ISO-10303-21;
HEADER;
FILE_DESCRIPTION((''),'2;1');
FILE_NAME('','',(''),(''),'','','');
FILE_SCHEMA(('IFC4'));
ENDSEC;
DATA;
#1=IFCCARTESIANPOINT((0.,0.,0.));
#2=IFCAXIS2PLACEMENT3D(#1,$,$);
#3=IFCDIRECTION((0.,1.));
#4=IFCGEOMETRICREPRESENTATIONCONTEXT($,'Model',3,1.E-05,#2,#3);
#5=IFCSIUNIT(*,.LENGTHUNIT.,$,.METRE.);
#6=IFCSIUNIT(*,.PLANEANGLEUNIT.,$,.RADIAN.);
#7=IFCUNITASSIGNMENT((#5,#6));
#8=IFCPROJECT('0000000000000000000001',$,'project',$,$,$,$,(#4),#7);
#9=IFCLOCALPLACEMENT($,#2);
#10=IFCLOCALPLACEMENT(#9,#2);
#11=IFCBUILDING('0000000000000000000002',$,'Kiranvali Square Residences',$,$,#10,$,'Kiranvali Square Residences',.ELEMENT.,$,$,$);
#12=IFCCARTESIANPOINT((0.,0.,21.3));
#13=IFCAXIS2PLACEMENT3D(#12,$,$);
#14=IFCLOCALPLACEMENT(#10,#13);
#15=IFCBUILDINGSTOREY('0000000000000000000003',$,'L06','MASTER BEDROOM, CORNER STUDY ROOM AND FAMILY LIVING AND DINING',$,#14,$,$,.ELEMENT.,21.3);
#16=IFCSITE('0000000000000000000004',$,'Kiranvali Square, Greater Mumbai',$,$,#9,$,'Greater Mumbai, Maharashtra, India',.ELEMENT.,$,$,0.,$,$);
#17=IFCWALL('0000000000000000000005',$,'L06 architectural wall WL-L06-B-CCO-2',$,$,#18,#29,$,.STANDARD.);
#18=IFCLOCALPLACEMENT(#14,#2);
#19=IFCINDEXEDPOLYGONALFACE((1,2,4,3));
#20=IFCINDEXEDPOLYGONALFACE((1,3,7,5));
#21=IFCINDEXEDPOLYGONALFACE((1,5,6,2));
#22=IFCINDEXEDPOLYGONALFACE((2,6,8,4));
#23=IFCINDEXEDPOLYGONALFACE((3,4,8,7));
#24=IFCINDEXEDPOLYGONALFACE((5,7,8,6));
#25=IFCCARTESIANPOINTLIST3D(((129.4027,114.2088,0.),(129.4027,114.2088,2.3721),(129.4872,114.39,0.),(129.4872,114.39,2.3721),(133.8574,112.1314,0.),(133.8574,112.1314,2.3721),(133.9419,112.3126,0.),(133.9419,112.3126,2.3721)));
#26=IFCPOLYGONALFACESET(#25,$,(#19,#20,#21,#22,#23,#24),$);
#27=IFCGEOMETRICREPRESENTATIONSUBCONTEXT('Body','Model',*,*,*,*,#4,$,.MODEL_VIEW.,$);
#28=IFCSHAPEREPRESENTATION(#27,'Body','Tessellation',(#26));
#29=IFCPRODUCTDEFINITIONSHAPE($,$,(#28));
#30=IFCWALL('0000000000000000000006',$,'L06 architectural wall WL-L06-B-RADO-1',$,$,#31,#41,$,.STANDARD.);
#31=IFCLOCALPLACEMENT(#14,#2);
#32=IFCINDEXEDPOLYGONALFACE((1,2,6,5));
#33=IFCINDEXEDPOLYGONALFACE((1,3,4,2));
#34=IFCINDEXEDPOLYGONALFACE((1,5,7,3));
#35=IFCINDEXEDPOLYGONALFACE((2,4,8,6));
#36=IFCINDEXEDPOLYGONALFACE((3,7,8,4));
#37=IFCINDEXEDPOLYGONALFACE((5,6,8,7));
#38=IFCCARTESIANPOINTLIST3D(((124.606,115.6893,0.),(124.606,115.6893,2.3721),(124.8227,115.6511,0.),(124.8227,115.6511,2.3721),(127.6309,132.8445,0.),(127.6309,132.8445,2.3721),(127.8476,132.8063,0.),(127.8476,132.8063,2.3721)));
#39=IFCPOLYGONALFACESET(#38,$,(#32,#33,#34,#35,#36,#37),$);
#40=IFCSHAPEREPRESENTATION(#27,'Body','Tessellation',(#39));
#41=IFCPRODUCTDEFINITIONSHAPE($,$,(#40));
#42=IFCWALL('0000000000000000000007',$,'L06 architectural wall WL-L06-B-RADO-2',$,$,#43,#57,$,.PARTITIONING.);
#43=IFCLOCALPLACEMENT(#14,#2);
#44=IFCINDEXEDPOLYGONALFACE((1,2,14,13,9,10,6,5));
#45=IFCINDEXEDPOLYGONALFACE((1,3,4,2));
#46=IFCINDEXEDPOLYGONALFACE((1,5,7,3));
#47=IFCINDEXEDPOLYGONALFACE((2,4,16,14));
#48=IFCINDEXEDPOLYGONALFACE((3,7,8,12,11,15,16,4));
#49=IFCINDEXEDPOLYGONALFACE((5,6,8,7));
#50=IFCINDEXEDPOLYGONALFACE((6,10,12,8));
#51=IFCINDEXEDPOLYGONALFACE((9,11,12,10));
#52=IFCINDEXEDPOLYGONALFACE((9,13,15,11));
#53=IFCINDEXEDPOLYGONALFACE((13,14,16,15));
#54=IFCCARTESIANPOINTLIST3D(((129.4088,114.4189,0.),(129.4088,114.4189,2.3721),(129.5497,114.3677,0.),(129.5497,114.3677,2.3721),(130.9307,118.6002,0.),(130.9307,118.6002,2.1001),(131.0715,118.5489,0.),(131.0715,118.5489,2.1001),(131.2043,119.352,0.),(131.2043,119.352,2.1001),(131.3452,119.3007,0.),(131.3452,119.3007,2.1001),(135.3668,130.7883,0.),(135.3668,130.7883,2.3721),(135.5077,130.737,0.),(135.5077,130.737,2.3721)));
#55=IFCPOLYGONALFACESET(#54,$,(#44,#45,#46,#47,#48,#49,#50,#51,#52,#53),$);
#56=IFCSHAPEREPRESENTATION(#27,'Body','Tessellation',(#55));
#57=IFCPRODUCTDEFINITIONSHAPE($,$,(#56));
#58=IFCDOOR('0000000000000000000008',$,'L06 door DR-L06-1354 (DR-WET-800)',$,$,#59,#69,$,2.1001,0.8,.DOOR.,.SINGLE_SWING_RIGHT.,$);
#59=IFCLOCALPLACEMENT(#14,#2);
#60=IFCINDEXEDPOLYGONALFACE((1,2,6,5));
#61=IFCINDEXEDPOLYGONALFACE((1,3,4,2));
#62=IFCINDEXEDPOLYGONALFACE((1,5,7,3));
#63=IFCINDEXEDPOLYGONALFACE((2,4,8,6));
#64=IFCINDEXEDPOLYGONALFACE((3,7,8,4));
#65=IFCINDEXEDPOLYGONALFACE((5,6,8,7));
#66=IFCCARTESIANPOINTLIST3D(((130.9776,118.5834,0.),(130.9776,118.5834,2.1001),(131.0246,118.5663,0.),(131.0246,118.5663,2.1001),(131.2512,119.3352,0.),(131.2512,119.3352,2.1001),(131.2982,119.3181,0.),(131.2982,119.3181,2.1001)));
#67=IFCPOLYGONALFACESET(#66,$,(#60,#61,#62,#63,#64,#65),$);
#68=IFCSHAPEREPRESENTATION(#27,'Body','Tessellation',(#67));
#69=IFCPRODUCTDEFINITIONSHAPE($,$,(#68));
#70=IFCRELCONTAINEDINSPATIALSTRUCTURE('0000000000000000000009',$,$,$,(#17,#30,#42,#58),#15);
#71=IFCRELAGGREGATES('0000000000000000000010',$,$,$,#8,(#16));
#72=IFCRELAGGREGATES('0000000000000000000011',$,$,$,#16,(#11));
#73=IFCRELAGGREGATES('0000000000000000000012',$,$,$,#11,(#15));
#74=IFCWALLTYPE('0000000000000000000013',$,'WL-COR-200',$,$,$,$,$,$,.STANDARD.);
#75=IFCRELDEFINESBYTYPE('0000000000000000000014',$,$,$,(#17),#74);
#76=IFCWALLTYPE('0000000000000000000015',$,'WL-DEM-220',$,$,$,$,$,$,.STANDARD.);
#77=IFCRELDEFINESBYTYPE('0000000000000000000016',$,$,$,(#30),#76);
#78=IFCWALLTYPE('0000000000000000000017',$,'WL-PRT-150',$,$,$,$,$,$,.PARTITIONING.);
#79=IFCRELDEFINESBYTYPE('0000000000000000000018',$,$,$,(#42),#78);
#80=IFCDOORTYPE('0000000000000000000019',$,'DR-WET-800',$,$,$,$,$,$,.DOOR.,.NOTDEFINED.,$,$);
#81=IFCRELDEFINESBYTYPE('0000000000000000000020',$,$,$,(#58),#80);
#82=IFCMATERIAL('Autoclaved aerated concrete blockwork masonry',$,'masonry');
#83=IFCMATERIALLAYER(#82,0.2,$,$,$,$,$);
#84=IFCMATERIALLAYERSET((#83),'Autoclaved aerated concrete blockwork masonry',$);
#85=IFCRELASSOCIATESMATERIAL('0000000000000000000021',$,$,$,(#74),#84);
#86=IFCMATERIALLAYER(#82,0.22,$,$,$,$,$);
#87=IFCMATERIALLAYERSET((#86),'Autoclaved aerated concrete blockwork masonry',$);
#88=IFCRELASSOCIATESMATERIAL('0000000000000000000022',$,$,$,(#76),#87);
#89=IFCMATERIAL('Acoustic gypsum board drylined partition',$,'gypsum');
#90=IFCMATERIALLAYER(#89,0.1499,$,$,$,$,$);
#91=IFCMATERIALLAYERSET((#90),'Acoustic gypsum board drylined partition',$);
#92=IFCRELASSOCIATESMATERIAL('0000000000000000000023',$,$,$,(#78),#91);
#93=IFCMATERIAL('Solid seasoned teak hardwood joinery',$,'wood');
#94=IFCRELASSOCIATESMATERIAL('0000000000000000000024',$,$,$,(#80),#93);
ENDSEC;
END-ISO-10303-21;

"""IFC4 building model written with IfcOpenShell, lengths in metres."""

from ifc_helpers import new_model, si_unit, direction, frame, frame_2d, origin, place, context, subcontext, project, spatial, rectangle, extrude, material, layer, layer_set, type_object, element, fill, save


model = new_model("IFC4")

# Units and contexts
model_context = context("Model", 3, precision=1e-05, world=origin(), true_north=direction((0.0, 1.0)))
body_context = subcontext(model_context, "Body", "Model", "MODEL_VIEW")
ifc_project = project(units=[si_unit("LENGTHUNIT", "METRE"), si_unit("PLANEANGLEUNIT", "RADIAN")], contexts=[model_context])

# Site, building, storey
site_placement = place(None, origin())
site = spatial("IfcSite", under=ifc_project, at=site_placement, Name="Kiranvali Square, Greater Mumbai", LongName="Greater Mumbai, Maharashtra, India", CompositionType="ELEMENT", RefElevation=0.0)
building_placement = place(site_placement, origin())
building = spatial("IfcBuilding", under=site, at=building_placement, Name="Kiranvali Square Residences", LongName="Kiranvali Square Residences", CompositionType="ELEMENT")
storey_placement = place(building_placement, frame((0.0, 0.0, 21.3)))
storey = spatial("IfcBuildingStorey", under=building, at=storey_placement, Name="L06", Description="MASTER BEDROOM, CORNER STUDY ROOM AND FAMILY LIVING AND DINING", CompositionType="ELEMENT", Elevation=21.3)

# Shared definitions
ifc_material_1 = material(Name="Autoclaved aerated concrete blockwork masonry", Category="masonry")
ifc_layer_1 = layer(ifc_material_1, 0.2)
ifc_layer_set_1 = layer_set([ifc_layer_1], Name="Autoclaved aerated concrete blockwork masonry")
wall_type_1 = type_object("IfcWallType", Name="WL-COR-200", PredefinedType="STANDARD", material=ifc_layer_set_1)

# Walls
wall_1_placement = place(storey_placement, frame((129.4451, 114.2993, 0.0), z_axis=(0.0, 0.0, 1.0), x_axis=(0.906302, -0.42263, 0.0)))
element("IfcWall", 1, at=wall_1_placement, inside=storey, type_object=wall_type_1, Name="L06 architectural wall WL-L06-B-CCO-2", PredefinedType="STANDARD", context=body_context, shape_type="SweptSolid", body=[
    extrude(rectangle(XDim=4.9153, YDim=0.2, at=frame_2d((2.4575, 0.0))), origin(), (0.0, 0.0, 1.0), 2.3721),
])
ifc_layer_2 = layer(ifc_material_1, 0.22)
ifc_layer_set_2 = layer_set([ifc_layer_2], Name="Autoclaved aerated concrete blockwork masonry")
wall_type_2 = type_object("IfcWallType", Name="WL-DEM-220", PredefinedType="STANDARD", material=ifc_layer_set_2)
wall_2_placement = place(storey_placement, frame((124.7144, 115.6702, 0.0), z_axis=(0.0, 0.0, 1.0), x_axis=(0.173646, 0.984808, 0.0)))
element("IfcWall", 2, at=wall_2_placement, inside=storey, type_object=wall_type_2, Name="L06 architectural wall WL-L06-B-RADO-1", PredefinedType="STANDARD", context=body_context, shape_type="SweptSolid", body=[
    extrude(rectangle(XDim=17.4199, YDim=0.22, at=frame_2d((8.71, 0.0))), origin(), (0.0, 0.0, 1.0), 2.3721),
])

# Wall, opening, door
ifc_material_2 = material(Name="Acoustic gypsum board drylined partition", Category="gypsum")
ifc_layer_3 = layer(ifc_material_2, 0.1499)
ifc_layer_set_3 = layer_set([ifc_layer_3], Name="Acoustic gypsum board drylined partition")
wall_type_3 = type_object("IfcWallType", Name="WL-PRT-150", PredefinedType="PARTITIONING", material=ifc_layer_set_3)
wall_3_placement = place(storey_placement, frame((129.4792, 114.3933, 0.0), z_axis=(0.0, 0.0, 1.0), x_axis=(0.342022, 0.939692, 0.0)))
wall_3 = element("IfcWall", 3, at=wall_3_placement, inside=storey, type_object=wall_type_3, Name="L06 architectural wall WL-L06-B-RADO-2", PredefinedType="PARTITIONING", context=body_context, shape_type="SweptSolid", body=[
    extrude(rectangle(XDim=17.4199, YDim=0.1499, at=frame_2d((8.71, 0.0))), origin(), (0.0, 0.0, 1.0), 2.3721),
])
opening_1_placement = place(wall_3_placement, frame((4.4497, 0.0, 0.0)))
opening_1 = element("IfcOpeningElement", 4, at=opening_1_placement, cuts=wall_3, PredefinedType="OPENING", context=body_context, shape_type="SweptSolid", body=[
    extrude(rectangle(XDim=0.8, YDim=2.1001, at=frame_2d((0.3999, 1.05))), frame((0.0, 0.085, 0.0), z_axis=(0.0, -1.0, 0.0), x_axis=(1.0, 0.0, 0.0)), (0.0, 0.0, 1.0), 0.1699),
])
ifc_material_3 = material(Name="Solid seasoned teak hardwood joinery", Category="wood")
door_type_1 = type_object("IfcDoorType", Name="DR-WET-800", OperationType="NOTDEFINED", PredefinedType="DOOR", material=ifc_material_3)
door_1_placement = place(opening_1_placement, frame((0.8, 0.0, 0.0), z_axis=(0.0, 0.0, 1.0), x_axis=(-1.0, 0.0, 0.0)))
door_1 = element("IfcDoor", 5, at=door_1_placement, inside=storey, type_object=door_type_1, Name="L06 door DR-L06-1354 (DR-WET-800)", OperationType="SINGLE_SWING_RIGHT", OverallHeight=2.1001, OverallWidth=0.8, PredefinedType="DOOR", context=body_context, shape_type="SweptSolid", body=[
    extrude(rectangle(XDim=0.8, YDim=2.1001, at=frame_2d((0.3999, 1.05))), frame((0.0, 0.0249, 0.0), z_axis=(0.0, -1.0, 0.0), x_axis=(1.0, 0.0, 0.0)), (0.0, 0.0, 1.0), 0.05),
])
fill(opening_1, door_1)

save(model, "model.ifc")
